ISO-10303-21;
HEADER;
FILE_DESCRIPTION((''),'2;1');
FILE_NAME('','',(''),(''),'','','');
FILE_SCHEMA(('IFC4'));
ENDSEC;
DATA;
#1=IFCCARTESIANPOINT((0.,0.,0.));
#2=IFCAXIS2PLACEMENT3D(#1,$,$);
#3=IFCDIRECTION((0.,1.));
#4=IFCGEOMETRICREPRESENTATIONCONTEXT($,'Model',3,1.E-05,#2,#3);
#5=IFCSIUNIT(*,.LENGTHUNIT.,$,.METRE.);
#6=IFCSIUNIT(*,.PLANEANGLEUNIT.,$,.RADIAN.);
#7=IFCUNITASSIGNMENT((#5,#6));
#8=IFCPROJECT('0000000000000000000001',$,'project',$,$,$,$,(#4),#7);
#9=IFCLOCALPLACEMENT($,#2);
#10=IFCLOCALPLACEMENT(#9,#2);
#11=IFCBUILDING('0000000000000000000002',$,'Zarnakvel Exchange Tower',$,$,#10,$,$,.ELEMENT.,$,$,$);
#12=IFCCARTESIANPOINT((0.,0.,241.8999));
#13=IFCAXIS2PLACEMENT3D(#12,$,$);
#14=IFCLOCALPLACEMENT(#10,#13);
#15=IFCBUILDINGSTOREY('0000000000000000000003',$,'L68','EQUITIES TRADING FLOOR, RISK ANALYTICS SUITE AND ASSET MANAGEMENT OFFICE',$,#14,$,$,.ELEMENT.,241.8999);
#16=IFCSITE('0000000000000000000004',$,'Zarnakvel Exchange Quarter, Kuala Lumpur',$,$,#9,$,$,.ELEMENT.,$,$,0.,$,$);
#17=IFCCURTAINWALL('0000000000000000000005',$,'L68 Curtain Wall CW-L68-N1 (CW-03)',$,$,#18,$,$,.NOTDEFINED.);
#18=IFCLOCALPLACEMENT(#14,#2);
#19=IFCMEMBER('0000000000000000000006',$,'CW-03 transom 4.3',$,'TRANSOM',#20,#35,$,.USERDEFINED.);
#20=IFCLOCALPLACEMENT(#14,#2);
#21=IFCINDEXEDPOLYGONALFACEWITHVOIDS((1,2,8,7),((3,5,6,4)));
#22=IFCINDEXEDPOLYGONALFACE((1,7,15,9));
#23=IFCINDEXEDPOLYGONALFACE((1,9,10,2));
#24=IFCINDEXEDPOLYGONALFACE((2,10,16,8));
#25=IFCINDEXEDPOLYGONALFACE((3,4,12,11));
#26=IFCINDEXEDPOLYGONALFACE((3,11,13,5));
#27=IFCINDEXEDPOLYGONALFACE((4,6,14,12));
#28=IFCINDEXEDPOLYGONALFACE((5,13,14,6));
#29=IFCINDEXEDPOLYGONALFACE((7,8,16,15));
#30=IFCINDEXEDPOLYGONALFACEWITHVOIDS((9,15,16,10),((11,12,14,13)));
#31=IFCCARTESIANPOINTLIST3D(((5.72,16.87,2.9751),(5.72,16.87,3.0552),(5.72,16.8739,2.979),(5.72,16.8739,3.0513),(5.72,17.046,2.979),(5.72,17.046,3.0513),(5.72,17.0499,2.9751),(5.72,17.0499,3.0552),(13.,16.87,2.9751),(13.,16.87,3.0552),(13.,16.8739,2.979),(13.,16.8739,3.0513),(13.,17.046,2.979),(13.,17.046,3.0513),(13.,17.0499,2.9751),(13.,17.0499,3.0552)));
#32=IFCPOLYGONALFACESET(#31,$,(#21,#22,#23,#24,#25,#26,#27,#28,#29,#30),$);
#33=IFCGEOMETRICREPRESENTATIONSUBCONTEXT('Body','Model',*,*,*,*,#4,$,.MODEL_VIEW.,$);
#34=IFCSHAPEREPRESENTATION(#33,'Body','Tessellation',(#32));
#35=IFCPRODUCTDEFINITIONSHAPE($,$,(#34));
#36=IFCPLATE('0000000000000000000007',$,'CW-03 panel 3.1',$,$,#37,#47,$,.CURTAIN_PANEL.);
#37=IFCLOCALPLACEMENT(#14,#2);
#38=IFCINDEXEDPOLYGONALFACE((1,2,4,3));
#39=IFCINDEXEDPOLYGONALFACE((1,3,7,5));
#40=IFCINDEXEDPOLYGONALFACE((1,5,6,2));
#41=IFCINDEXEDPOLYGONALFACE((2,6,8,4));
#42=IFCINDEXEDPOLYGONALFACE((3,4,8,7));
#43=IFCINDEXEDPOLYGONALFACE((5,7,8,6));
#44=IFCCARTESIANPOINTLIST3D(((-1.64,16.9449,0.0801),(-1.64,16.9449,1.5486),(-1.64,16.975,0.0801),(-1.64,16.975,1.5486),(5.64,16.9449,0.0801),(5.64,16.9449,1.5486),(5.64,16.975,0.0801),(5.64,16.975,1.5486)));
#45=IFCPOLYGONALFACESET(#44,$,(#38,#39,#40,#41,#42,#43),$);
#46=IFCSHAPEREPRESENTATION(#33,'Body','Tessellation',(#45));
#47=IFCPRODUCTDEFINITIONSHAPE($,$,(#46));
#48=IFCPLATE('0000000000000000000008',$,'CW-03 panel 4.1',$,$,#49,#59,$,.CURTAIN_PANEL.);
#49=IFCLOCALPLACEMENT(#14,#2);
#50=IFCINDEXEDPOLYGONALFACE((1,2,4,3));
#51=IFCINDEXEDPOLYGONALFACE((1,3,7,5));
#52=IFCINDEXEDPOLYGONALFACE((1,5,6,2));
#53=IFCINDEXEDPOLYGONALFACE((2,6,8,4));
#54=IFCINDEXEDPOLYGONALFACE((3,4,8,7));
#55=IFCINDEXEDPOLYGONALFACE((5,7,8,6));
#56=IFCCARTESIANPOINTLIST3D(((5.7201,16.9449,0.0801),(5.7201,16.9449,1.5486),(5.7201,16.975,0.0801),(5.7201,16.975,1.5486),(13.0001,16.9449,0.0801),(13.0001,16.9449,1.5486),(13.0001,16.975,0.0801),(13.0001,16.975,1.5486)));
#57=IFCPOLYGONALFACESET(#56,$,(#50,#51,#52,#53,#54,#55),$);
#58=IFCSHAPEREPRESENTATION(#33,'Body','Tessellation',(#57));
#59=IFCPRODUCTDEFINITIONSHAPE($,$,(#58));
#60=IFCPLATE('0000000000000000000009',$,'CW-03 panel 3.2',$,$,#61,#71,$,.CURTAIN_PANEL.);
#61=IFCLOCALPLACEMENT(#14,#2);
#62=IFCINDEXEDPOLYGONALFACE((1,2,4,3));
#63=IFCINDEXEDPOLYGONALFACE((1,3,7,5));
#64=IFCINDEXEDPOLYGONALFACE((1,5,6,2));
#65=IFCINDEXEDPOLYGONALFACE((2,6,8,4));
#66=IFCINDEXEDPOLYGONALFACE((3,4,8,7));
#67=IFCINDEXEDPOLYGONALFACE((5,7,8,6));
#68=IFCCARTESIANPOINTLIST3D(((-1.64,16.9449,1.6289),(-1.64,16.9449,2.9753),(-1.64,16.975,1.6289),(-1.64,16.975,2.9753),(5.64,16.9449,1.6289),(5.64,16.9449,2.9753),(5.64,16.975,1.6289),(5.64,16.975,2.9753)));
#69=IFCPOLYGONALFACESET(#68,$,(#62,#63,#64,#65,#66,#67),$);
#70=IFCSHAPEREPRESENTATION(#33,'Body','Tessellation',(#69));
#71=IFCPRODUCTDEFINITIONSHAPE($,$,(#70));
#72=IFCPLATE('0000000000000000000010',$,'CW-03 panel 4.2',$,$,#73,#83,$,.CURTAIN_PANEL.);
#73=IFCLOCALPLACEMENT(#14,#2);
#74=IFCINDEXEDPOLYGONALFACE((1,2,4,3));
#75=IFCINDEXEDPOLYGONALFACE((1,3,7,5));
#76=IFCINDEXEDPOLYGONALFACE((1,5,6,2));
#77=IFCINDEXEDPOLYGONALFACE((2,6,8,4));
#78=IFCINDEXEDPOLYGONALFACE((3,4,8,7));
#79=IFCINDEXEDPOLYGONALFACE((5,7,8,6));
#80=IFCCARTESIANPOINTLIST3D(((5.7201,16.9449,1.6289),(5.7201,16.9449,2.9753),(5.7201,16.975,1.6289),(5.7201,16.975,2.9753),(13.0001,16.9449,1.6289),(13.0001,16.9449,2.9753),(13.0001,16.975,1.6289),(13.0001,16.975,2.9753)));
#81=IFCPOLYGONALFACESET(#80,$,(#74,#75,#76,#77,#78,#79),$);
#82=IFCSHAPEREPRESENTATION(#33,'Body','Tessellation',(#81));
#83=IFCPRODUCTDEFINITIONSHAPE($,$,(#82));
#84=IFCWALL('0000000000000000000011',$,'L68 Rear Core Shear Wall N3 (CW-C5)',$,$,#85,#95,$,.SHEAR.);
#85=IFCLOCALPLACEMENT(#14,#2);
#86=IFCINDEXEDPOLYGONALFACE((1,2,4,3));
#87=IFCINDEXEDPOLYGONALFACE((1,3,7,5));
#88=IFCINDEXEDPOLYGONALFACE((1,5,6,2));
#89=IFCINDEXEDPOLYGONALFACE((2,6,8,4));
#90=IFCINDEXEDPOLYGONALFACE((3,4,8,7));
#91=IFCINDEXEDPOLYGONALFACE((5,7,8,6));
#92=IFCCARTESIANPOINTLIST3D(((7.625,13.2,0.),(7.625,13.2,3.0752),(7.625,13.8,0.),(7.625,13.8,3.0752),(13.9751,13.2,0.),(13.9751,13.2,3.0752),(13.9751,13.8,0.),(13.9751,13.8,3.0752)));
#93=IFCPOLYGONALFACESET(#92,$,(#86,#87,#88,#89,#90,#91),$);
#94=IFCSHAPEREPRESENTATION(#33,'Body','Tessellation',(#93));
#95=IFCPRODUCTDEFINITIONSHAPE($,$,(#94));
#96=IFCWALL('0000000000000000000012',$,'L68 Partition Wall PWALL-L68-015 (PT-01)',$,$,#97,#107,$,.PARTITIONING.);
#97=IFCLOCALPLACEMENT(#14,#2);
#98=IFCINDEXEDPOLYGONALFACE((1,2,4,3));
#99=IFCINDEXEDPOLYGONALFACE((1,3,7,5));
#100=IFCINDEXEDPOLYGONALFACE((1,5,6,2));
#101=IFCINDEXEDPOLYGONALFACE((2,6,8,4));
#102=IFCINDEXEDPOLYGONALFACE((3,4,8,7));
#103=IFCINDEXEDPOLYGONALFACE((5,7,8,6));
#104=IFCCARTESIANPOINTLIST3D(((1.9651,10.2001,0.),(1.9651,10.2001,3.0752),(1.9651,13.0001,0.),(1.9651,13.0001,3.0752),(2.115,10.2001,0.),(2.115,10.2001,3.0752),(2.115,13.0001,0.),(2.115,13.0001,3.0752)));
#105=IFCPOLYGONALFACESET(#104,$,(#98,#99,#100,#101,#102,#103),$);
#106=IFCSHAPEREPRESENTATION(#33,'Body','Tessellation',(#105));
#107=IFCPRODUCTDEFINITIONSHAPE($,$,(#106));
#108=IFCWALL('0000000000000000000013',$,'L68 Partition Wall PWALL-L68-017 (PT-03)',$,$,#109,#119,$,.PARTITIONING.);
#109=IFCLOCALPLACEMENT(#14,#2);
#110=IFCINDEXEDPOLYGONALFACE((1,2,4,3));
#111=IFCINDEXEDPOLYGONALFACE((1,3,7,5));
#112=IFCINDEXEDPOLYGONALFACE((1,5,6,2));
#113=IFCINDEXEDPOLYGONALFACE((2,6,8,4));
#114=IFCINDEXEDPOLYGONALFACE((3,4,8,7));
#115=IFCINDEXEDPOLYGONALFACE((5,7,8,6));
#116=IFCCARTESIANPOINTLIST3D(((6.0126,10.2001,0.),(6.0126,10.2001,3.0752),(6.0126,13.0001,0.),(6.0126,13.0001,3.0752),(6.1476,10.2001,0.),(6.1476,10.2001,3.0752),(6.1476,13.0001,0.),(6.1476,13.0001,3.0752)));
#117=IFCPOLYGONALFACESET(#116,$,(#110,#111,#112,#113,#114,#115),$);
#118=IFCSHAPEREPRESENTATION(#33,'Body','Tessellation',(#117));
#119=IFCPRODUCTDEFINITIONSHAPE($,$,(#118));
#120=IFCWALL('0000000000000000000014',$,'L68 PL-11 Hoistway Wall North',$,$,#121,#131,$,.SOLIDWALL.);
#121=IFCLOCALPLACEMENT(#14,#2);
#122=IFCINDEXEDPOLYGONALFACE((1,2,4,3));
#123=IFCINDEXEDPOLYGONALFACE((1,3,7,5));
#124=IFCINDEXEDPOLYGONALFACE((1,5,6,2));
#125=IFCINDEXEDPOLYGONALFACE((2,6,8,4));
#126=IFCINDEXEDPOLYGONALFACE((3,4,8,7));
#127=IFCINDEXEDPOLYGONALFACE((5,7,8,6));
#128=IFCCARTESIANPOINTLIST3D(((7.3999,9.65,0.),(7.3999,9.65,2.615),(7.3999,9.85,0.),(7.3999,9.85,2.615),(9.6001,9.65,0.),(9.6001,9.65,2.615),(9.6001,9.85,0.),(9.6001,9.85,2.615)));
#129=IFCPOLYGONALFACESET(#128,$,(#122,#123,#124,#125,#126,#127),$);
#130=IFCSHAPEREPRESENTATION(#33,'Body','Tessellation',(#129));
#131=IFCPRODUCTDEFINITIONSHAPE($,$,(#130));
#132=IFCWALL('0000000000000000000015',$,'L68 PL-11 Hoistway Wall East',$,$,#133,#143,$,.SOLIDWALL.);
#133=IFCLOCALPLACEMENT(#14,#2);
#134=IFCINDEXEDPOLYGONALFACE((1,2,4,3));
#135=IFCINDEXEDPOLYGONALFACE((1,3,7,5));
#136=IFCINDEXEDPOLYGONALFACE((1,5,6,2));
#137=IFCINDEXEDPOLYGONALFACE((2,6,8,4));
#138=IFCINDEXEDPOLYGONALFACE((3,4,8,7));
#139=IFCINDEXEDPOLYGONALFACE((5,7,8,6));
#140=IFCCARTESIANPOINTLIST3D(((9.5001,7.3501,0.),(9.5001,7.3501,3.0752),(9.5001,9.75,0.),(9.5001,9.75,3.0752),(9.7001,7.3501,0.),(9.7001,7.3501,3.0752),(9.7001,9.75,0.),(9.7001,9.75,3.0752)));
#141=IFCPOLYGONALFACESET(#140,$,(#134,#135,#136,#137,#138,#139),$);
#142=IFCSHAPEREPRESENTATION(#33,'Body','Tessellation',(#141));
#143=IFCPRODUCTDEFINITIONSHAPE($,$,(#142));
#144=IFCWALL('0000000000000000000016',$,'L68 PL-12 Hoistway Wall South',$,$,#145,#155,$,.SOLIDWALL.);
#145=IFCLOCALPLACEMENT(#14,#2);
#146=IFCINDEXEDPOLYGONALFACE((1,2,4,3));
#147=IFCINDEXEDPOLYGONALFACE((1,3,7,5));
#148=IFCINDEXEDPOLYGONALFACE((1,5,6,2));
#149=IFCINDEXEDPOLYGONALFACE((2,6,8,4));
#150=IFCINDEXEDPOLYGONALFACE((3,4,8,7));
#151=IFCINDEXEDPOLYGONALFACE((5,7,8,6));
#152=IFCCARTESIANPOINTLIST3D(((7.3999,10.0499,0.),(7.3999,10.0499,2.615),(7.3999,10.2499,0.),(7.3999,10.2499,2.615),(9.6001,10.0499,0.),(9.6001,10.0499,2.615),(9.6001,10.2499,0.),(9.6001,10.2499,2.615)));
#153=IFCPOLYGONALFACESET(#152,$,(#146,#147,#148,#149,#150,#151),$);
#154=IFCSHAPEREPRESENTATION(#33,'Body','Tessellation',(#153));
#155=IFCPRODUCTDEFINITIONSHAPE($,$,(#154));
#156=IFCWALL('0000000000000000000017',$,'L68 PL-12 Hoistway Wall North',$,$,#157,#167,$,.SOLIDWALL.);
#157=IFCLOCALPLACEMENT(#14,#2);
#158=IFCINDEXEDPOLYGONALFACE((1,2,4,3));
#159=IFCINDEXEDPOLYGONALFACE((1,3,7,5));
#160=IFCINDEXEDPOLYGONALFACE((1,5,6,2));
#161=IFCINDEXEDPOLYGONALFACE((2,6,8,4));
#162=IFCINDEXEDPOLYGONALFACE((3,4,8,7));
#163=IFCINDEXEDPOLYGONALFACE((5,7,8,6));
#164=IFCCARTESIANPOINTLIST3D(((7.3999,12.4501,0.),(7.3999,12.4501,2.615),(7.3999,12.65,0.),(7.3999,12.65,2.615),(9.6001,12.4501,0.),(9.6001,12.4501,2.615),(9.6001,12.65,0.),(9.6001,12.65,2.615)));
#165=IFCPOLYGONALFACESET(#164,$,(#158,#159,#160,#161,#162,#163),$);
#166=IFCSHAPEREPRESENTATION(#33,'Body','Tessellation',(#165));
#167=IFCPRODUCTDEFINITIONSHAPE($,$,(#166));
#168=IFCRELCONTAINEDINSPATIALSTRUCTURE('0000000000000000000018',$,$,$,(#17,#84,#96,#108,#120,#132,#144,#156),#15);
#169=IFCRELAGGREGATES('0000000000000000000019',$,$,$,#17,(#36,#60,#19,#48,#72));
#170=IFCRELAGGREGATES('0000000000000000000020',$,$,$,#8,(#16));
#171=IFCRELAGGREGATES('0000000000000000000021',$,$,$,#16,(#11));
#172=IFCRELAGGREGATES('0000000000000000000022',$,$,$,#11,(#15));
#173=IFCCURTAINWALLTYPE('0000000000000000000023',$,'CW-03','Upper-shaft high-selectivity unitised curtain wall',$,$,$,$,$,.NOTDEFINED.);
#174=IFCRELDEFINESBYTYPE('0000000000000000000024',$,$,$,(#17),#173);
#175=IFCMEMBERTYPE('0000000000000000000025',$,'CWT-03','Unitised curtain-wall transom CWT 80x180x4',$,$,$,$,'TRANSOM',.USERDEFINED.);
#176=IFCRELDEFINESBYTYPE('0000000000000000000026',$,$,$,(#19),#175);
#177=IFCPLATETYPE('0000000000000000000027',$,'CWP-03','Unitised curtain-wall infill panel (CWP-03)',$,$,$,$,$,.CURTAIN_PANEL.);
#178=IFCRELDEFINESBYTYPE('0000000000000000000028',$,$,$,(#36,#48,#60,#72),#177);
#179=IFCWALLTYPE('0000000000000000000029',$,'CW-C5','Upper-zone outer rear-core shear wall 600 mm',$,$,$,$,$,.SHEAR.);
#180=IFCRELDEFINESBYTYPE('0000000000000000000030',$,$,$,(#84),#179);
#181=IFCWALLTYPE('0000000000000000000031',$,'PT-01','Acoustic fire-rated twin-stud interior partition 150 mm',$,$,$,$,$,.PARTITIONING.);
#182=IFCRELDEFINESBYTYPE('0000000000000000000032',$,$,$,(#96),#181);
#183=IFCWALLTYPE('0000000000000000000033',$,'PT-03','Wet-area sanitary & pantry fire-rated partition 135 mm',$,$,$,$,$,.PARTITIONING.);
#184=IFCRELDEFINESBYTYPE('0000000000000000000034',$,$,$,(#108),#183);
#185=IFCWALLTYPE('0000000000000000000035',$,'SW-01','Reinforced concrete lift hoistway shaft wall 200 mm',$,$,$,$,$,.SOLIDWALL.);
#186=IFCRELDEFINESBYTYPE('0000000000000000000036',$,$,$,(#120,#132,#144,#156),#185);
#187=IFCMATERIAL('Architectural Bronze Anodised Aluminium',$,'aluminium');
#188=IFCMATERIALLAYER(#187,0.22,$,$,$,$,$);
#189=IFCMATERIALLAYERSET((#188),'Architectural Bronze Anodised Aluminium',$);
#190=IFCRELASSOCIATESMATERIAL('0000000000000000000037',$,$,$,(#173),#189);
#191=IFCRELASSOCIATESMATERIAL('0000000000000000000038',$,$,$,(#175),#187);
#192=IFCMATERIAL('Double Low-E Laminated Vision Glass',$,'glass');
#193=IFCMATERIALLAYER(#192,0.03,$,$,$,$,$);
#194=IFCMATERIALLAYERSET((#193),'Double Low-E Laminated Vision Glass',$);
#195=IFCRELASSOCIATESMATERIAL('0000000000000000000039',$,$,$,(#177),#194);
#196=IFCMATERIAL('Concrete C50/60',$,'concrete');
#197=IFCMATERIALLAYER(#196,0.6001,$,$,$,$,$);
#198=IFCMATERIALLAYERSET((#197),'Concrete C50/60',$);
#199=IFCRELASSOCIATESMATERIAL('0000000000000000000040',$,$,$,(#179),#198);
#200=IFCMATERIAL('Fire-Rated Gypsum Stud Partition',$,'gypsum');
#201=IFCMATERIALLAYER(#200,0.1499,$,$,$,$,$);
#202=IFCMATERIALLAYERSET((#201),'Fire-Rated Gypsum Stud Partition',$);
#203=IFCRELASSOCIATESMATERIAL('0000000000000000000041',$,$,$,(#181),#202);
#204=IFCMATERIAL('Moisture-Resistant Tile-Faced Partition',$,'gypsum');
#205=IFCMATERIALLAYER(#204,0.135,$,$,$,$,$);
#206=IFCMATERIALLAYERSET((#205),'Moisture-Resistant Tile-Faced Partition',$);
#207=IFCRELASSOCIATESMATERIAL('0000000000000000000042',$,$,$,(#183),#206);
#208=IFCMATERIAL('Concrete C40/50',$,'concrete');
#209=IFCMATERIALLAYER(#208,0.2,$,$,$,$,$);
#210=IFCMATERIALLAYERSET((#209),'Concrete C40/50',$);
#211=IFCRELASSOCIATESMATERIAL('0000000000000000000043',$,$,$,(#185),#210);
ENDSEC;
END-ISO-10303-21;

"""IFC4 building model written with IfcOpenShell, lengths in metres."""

from ifc_helpers import new_model, si_unit, direction, frame, frame_2d, origin, origin_2d, place, context, subcontext, project, spatial, rectangle, hollow_rectangle, extrude, source, transform, mapped, material, layer, layer_set, material_profile, profile_set, type_object, element, aggregate, save


model = new_model("IFC4")

# Units and contexts
model_context = context("Model", 3, precision=1e-05, world=origin(), true_north=direction((0.0, 1.0)))
body_context = subcontext(model_context, "Body", "Model", "MODEL_VIEW")
ifc_project = project(units=[si_unit("LENGTHUNIT", "METRE"), si_unit("PLANEANGLEUNIT", "RADIAN")], contexts=[model_context])

# Site, building, storey
site_placement = place(None, origin())
site = spatial("IfcSite", under=ifc_project, at=site_placement, Name="Zarnakvel Exchange Quarter, Kuala Lumpur", CompositionType="ELEMENT", RefElevation=0.0)
building_placement = place(site_placement, origin())
building = spatial("IfcBuilding", under=site, at=building_placement, Name="Zarnakvel Exchange Tower", CompositionType="ELEMENT")
storey_placement = place(building_placement, frame((0.0, 0.0, 241.8999)))
storey = spatial("IfcBuildingStorey", under=building, at=storey_placement, Name="L68", Description="EQUITIES TRADING FLOOR, RISK ANALYTICS SUITE AND ASSET MANAGEMENT OFFICE", CompositionType="ELEMENT", Elevation=241.8999)

# Shared definitions
ifc_material_1 = material(Name="Concrete C50/60", Category="concrete")

# Curtain wall, member, plates
ifc_material_2 = material(Name="Architectural Bronze Anodised Aluminium", Category="aluminium")
ifc_layer_1 = layer(ifc_material_2, 0.22)
ifc_layer_set_1 = layer_set([ifc_layer_1], Name="Architectural Bronze Anodised Aluminium")
curtain_wall_type = type_object("IfcCurtainWallType", Name="CW-03", Description="Upper-shaft high-selectivity unitised curtain wall", PredefinedType="NOTDEFINED", material=ifc_layer_set_1)
curtain_wall_placement = place(storey_placement, origin())
curtain_wall = element("IfcCurtainWall", 1, at=curtain_wall_placement, inside=storey, type_object=curtain_wall_type, Name="L68 Curtain Wall CW-L68-N1 (CW-03)", PredefinedType="NOTDEFINED")
ifc_material_profile_1 = material_profile(ifc_material_2, hollow_rectangle(XDim=0.1799, YDim=0.0801, WallThickness=0.0039, at=origin_2d()))
ifc_profile_set_1 = profile_set([ifc_material_profile_1], Name="Architectural Bronze Anodised Aluminium")
member_type_1 = type_object("IfcMemberType", Name="CWT-03", Description="Unitised curtain-wall transom CWT 80x180x4", ElementType="TRANSOM", PredefinedType="USERDEFINED", material=ifc_profile_set_1)
shared_shape_1 = source(origin(), body_context, "Body", "SweptSolid", [
    extrude(hollow_rectangle(XDim=0.1799, YDim=0.0801, WallThickness=0.0039, at=origin_2d()), origin(), (0.0, 0.0, 1.0), 7.28),
])
member_1_placement = place(storey_placement, frame((5.72, 16.96, 3.0151), z_axis=(1.0, 0.0, 0.0), x_axis=(0.0, 1.0, 0.0)))
member_1 = element("IfcMember", 2, at=member_1_placement, type_object=member_type_1, Name="CW-03 transom 4.3", ObjectType="TRANSOM", PredefinedType="USERDEFINED", context=body_context, shape_type="MappedRepresentation", body=[
    mapped(shared_shape_1, transform((0.0, 0.0, 0.0), x_axis=(1.0, 0.0, 0.0), y_axis=(0.0, 1.0, 0.0), z_axis=(0.0, 0.0, 1.0), scale=1.0)),
])
ifc_material_3 = material(Name="Double Low-E Laminated Vision Glass", Category="glass")
ifc_layer_2 = layer(ifc_material_3, 0.03)
ifc_layer_set_2 = layer_set([ifc_layer_2], Name="Double Low-E Laminated Vision Glass")
plate_type = type_object("IfcPlateType", Name="CWP-03", Description="Unitised curtain-wall infill panel (CWP-03)", PredefinedType="CURTAIN_PANEL", material=ifc_layer_set_2)
shared_shape_2 = source(origin(), body_context, "Body", "SweptSolid", [
    extrude(rectangle(XDim=7.28, YDim=0.03, at=origin_2d()), origin(), (0.0, 0.0, 1.0), 1.4685),
])
plate_1_placement = place(storey_placement, frame((2.0, 16.96, 0.0801), z_axis=(0.0, 0.0, 1.0), x_axis=(1.0, 0.0, 0.0)))
plate_1 = element("IfcPlate", 3, at=plate_1_placement, type_object=plate_type, Name="CW-03 panel 3.1", PredefinedType="CURTAIN_PANEL", context=body_context, shape_type="MappedRepresentation", body=[
    mapped(shared_shape_2, transform((0.0, 0.0, 0.0), x_axis=(1.0, 0.0, 0.0), y_axis=(0.0, 1.0, 0.0), z_axis=(0.0, 0.0, 1.0), scale=1.0)),
])
plate_2_placement = place(storey_placement, frame((9.3601, 16.96, 0.0801), z_axis=(0.0, 0.0, 1.0), x_axis=(1.0, 0.0, 0.0)))
plate_2 = element("IfcPlate", 4, at=plate_2_placement, type_object=plate_type, Name="CW-03 panel 4.1", PredefinedType="CURTAIN_PANEL", context=body_context, shape_type="MappedRepresentation", body=[
    mapped(shared_shape_2, transform((0.0, 0.0, 0.0), x_axis=(1.0, 0.0, 0.0), y_axis=(0.0, 1.0, 0.0), z_axis=(0.0, 0.0, 1.0), scale=1.0)),
])
shared_shape_3 = source(origin(), body_context, "Body", "SweptSolid", [
    extrude(rectangle(XDim=7.28, YDim=0.03, at=origin_2d()), origin(), (0.0, 0.0, 1.0), 1.3464),
])
plate_3_placement = place(storey_placement, frame((2.0, 16.96, 1.6289), z_axis=(0.0, 0.0, 1.0), x_axis=(1.0, 0.0, 0.0)))
plate_3 = element("IfcPlate", 5, at=plate_3_placement, type_object=plate_type, Name="CW-03 panel 3.2", PredefinedType="CURTAIN_PANEL", context=body_context, shape_type="MappedRepresentation", body=[
    mapped(shared_shape_3, transform((0.0, 0.0, 0.0), x_axis=(1.0, 0.0, 0.0), y_axis=(0.0, 1.0, 0.0), z_axis=(0.0, 0.0, 1.0), scale=1.0)),
])
plate_4_placement = place(storey_placement, frame((9.3601, 16.96, 1.6289), z_axis=(0.0, 0.0, 1.0), x_axis=(1.0, 0.0, 0.0)))
plate_4 = element("IfcPlate", 6, at=plate_4_placement, type_object=plate_type, Name="CW-03 panel 4.2", PredefinedType="CURTAIN_PANEL", context=body_context, shape_type="MappedRepresentation", body=[
    mapped(shared_shape_3, transform((0.0, 0.0, 0.0), x_axis=(1.0, 0.0, 0.0), y_axis=(0.0, 1.0, 0.0), z_axis=(0.0, 0.0, 1.0), scale=1.0)),
])
aggregate(curtain_wall, [plate_1, plate_3, member_1, plate_2, plate_4])

# Wall
ifc_layer_3 = layer(ifc_material_1, 0.6001)
ifc_layer_set_3 = layer_set([ifc_layer_3], Name="Concrete C50/60")
wall_type_1 = type_object("IfcWallType", Name="CW-C5", Description="Upper-zone outer rear-core shear wall 600 mm", PredefinedType="SHEAR", material=ifc_layer_set_3)
wall_1_placement = place(storey_placement, frame((7.625, 13.5, 0.0), z_axis=(0.0, 0.0, 1.0), x_axis=(1.0, 0.0, 0.0)))
element("IfcWall", 7, at=wall_1_placement, inside=storey, type_object=wall_type_1, Name="L68 Rear Core Shear Wall N3 (CW-C5)", PredefinedType="SHEAR", context=body_context, shape_type="SweptSolid", body=[
    extrude(rectangle(XDim=6.3501, YDim=0.6001, at=frame_2d((3.175, 0.0))), origin(), (0.0, 0.0, 1.0), 3.0752),
])

# Shared definitions
ifc_material_4 = material(Name="Fire-Rated Gypsum Stud Partition", Category="gypsum")
ifc_layer_4 = layer(ifc_material_4, 0.1499)
ifc_layer_set_4 = layer_set([ifc_layer_4], Name="Fire-Rated Gypsum Stud Partition")
wall_type_2 = type_object("IfcWallType", Name="PT-01", Description="Acoustic fire-rated twin-stud interior partition 150 mm", PredefinedType="PARTITIONING", material=ifc_layer_set_4)

# Wall
wall_2_placement = place(storey_placement, frame((2.04, 13.0, 0.0), z_axis=(0.0, 0.0, 1.0), x_axis=(0.0, -1.0, 0.0)))
element("IfcWall", 8, at=wall_2_placement, inside=storey, type_object=wall_type_2, Name="L68 Partition Wall PWALL-L68-015 (PT-01)", PredefinedType="PARTITIONING", context=body_context, shape_type="SweptSolid", body=[
    extrude(rectangle(XDim=2.8, YDim=0.1499, at=frame_2d((1.3999, 0.0))), origin(), (0.0, 0.0, 1.0), 3.0752),
])

# Shared definitions
ifc_material_5 = material(Name="Moisture-Resistant Tile-Faced Partition", Category="gypsum")
ifc_layer_5 = layer(ifc_material_5, 0.135)
ifc_layer_set_5 = layer_set([ifc_layer_5], Name="Moisture-Resistant Tile-Faced Partition")
wall_type_3 = type_object("IfcWallType", Name="PT-03", Description="Wet-area sanitary & pantry fire-rated partition 135 mm", PredefinedType="PARTITIONING", material=ifc_layer_set_5)

# Walls
wall_3_placement = place(storey_placement, frame((6.0801, 13.0, 0.0), z_axis=(0.0, 0.0, 1.0), x_axis=(0.0, -1.0, 0.0)))
element("IfcWall", 9, at=wall_3_placement, inside=storey, type_object=wall_type_3, Name="L68 Partition Wall PWALL-L68-017 (PT-03)", PredefinedType="PARTITIONING", context=body_context, shape_type="SweptSolid", body=[
    extrude(rectangle(XDim=2.8, YDim=0.135, at=frame_2d((1.3999, 0.0))), origin(), (0.0, 0.0, 1.0), 3.0752),
])
ifc_material_6 = material(Name="Concrete C40/50", Category="concrete")
ifc_layer_6 = layer(ifc_material_6, 0.2)
ifc_layer_set_6 = layer_set([ifc_layer_6], Name="Concrete C40/50")
wall_type_4 = type_object("IfcWallType", Name="SW-01", Description="Reinforced concrete lift hoistway shaft wall 200 mm", PredefinedType="SOLIDWALL", material=ifc_layer_set_6)
wall_4_placement = place(storey_placement, frame((7.3999, 9.75, 0.0), z_axis=(0.0, 0.0, 1.0), x_axis=(1.0, 0.0, 0.0)))
element("IfcWall", 10, at=wall_4_placement, inside=storey, type_object=wall_type_4, Name="L68 PL-11 Hoistway Wall North", PredefinedType="SOLIDWALL", context=body_context, shape_type="SweptSolid", body=[
    extrude(rectangle(XDim=2.2002, YDim=0.2, at=frame_2d((1.1001, 0.0))), origin(), (0.0, 0.0, 1.0), 2.615),
])
wall_5_placement = place(storey_placement, frame((9.6001, 9.75, 0.0), z_axis=(0.0, 0.0, 1.0), x_axis=(0.0, -1.0, 0.0)))
element("IfcWall", 11, at=wall_5_placement, inside=storey, type_object=wall_type_4, Name="L68 PL-11 Hoistway Wall East", PredefinedType="SOLIDWALL", context=body_context, shape_type="SweptSolid", body=[
    extrude(rectangle(XDim=2.3999, YDim=0.2, at=frame_2d((1.2, 0.0))), origin(), (0.0, 0.0, 1.0), 3.0752),
])
for number, where, z_axis, x_axis, name in (
    (12, (9.6001, 10.1499, 0.0), (0.0, 0.0, 1.0), (-1.0, 0.0, 0.0), "L68 PL-12 Hoistway Wall South"),
    (13, (7.3999, 12.55, 0.0), (0.0, 0.0, 1.0), (1.0, 0.0, 0.0), "L68 PL-12 Hoistway Wall North"),
):
    element("IfcWall", number, at=place(storey_placement, frame(where, z_axis=z_axis, x_axis=x_axis)), inside=storey, type_object=wall_type_4, Name=name, PredefinedType="SOLIDWALL", context=body_context, shape_type="SweptSolid", body=[
        extrude(rectangle(XDim=2.2002, YDim=0.2, at=frame_2d((1.1001, 0.0))), origin(), (0.0, 0.0, 1.0), 2.615),
    ])

save(model, "model.ifc")
